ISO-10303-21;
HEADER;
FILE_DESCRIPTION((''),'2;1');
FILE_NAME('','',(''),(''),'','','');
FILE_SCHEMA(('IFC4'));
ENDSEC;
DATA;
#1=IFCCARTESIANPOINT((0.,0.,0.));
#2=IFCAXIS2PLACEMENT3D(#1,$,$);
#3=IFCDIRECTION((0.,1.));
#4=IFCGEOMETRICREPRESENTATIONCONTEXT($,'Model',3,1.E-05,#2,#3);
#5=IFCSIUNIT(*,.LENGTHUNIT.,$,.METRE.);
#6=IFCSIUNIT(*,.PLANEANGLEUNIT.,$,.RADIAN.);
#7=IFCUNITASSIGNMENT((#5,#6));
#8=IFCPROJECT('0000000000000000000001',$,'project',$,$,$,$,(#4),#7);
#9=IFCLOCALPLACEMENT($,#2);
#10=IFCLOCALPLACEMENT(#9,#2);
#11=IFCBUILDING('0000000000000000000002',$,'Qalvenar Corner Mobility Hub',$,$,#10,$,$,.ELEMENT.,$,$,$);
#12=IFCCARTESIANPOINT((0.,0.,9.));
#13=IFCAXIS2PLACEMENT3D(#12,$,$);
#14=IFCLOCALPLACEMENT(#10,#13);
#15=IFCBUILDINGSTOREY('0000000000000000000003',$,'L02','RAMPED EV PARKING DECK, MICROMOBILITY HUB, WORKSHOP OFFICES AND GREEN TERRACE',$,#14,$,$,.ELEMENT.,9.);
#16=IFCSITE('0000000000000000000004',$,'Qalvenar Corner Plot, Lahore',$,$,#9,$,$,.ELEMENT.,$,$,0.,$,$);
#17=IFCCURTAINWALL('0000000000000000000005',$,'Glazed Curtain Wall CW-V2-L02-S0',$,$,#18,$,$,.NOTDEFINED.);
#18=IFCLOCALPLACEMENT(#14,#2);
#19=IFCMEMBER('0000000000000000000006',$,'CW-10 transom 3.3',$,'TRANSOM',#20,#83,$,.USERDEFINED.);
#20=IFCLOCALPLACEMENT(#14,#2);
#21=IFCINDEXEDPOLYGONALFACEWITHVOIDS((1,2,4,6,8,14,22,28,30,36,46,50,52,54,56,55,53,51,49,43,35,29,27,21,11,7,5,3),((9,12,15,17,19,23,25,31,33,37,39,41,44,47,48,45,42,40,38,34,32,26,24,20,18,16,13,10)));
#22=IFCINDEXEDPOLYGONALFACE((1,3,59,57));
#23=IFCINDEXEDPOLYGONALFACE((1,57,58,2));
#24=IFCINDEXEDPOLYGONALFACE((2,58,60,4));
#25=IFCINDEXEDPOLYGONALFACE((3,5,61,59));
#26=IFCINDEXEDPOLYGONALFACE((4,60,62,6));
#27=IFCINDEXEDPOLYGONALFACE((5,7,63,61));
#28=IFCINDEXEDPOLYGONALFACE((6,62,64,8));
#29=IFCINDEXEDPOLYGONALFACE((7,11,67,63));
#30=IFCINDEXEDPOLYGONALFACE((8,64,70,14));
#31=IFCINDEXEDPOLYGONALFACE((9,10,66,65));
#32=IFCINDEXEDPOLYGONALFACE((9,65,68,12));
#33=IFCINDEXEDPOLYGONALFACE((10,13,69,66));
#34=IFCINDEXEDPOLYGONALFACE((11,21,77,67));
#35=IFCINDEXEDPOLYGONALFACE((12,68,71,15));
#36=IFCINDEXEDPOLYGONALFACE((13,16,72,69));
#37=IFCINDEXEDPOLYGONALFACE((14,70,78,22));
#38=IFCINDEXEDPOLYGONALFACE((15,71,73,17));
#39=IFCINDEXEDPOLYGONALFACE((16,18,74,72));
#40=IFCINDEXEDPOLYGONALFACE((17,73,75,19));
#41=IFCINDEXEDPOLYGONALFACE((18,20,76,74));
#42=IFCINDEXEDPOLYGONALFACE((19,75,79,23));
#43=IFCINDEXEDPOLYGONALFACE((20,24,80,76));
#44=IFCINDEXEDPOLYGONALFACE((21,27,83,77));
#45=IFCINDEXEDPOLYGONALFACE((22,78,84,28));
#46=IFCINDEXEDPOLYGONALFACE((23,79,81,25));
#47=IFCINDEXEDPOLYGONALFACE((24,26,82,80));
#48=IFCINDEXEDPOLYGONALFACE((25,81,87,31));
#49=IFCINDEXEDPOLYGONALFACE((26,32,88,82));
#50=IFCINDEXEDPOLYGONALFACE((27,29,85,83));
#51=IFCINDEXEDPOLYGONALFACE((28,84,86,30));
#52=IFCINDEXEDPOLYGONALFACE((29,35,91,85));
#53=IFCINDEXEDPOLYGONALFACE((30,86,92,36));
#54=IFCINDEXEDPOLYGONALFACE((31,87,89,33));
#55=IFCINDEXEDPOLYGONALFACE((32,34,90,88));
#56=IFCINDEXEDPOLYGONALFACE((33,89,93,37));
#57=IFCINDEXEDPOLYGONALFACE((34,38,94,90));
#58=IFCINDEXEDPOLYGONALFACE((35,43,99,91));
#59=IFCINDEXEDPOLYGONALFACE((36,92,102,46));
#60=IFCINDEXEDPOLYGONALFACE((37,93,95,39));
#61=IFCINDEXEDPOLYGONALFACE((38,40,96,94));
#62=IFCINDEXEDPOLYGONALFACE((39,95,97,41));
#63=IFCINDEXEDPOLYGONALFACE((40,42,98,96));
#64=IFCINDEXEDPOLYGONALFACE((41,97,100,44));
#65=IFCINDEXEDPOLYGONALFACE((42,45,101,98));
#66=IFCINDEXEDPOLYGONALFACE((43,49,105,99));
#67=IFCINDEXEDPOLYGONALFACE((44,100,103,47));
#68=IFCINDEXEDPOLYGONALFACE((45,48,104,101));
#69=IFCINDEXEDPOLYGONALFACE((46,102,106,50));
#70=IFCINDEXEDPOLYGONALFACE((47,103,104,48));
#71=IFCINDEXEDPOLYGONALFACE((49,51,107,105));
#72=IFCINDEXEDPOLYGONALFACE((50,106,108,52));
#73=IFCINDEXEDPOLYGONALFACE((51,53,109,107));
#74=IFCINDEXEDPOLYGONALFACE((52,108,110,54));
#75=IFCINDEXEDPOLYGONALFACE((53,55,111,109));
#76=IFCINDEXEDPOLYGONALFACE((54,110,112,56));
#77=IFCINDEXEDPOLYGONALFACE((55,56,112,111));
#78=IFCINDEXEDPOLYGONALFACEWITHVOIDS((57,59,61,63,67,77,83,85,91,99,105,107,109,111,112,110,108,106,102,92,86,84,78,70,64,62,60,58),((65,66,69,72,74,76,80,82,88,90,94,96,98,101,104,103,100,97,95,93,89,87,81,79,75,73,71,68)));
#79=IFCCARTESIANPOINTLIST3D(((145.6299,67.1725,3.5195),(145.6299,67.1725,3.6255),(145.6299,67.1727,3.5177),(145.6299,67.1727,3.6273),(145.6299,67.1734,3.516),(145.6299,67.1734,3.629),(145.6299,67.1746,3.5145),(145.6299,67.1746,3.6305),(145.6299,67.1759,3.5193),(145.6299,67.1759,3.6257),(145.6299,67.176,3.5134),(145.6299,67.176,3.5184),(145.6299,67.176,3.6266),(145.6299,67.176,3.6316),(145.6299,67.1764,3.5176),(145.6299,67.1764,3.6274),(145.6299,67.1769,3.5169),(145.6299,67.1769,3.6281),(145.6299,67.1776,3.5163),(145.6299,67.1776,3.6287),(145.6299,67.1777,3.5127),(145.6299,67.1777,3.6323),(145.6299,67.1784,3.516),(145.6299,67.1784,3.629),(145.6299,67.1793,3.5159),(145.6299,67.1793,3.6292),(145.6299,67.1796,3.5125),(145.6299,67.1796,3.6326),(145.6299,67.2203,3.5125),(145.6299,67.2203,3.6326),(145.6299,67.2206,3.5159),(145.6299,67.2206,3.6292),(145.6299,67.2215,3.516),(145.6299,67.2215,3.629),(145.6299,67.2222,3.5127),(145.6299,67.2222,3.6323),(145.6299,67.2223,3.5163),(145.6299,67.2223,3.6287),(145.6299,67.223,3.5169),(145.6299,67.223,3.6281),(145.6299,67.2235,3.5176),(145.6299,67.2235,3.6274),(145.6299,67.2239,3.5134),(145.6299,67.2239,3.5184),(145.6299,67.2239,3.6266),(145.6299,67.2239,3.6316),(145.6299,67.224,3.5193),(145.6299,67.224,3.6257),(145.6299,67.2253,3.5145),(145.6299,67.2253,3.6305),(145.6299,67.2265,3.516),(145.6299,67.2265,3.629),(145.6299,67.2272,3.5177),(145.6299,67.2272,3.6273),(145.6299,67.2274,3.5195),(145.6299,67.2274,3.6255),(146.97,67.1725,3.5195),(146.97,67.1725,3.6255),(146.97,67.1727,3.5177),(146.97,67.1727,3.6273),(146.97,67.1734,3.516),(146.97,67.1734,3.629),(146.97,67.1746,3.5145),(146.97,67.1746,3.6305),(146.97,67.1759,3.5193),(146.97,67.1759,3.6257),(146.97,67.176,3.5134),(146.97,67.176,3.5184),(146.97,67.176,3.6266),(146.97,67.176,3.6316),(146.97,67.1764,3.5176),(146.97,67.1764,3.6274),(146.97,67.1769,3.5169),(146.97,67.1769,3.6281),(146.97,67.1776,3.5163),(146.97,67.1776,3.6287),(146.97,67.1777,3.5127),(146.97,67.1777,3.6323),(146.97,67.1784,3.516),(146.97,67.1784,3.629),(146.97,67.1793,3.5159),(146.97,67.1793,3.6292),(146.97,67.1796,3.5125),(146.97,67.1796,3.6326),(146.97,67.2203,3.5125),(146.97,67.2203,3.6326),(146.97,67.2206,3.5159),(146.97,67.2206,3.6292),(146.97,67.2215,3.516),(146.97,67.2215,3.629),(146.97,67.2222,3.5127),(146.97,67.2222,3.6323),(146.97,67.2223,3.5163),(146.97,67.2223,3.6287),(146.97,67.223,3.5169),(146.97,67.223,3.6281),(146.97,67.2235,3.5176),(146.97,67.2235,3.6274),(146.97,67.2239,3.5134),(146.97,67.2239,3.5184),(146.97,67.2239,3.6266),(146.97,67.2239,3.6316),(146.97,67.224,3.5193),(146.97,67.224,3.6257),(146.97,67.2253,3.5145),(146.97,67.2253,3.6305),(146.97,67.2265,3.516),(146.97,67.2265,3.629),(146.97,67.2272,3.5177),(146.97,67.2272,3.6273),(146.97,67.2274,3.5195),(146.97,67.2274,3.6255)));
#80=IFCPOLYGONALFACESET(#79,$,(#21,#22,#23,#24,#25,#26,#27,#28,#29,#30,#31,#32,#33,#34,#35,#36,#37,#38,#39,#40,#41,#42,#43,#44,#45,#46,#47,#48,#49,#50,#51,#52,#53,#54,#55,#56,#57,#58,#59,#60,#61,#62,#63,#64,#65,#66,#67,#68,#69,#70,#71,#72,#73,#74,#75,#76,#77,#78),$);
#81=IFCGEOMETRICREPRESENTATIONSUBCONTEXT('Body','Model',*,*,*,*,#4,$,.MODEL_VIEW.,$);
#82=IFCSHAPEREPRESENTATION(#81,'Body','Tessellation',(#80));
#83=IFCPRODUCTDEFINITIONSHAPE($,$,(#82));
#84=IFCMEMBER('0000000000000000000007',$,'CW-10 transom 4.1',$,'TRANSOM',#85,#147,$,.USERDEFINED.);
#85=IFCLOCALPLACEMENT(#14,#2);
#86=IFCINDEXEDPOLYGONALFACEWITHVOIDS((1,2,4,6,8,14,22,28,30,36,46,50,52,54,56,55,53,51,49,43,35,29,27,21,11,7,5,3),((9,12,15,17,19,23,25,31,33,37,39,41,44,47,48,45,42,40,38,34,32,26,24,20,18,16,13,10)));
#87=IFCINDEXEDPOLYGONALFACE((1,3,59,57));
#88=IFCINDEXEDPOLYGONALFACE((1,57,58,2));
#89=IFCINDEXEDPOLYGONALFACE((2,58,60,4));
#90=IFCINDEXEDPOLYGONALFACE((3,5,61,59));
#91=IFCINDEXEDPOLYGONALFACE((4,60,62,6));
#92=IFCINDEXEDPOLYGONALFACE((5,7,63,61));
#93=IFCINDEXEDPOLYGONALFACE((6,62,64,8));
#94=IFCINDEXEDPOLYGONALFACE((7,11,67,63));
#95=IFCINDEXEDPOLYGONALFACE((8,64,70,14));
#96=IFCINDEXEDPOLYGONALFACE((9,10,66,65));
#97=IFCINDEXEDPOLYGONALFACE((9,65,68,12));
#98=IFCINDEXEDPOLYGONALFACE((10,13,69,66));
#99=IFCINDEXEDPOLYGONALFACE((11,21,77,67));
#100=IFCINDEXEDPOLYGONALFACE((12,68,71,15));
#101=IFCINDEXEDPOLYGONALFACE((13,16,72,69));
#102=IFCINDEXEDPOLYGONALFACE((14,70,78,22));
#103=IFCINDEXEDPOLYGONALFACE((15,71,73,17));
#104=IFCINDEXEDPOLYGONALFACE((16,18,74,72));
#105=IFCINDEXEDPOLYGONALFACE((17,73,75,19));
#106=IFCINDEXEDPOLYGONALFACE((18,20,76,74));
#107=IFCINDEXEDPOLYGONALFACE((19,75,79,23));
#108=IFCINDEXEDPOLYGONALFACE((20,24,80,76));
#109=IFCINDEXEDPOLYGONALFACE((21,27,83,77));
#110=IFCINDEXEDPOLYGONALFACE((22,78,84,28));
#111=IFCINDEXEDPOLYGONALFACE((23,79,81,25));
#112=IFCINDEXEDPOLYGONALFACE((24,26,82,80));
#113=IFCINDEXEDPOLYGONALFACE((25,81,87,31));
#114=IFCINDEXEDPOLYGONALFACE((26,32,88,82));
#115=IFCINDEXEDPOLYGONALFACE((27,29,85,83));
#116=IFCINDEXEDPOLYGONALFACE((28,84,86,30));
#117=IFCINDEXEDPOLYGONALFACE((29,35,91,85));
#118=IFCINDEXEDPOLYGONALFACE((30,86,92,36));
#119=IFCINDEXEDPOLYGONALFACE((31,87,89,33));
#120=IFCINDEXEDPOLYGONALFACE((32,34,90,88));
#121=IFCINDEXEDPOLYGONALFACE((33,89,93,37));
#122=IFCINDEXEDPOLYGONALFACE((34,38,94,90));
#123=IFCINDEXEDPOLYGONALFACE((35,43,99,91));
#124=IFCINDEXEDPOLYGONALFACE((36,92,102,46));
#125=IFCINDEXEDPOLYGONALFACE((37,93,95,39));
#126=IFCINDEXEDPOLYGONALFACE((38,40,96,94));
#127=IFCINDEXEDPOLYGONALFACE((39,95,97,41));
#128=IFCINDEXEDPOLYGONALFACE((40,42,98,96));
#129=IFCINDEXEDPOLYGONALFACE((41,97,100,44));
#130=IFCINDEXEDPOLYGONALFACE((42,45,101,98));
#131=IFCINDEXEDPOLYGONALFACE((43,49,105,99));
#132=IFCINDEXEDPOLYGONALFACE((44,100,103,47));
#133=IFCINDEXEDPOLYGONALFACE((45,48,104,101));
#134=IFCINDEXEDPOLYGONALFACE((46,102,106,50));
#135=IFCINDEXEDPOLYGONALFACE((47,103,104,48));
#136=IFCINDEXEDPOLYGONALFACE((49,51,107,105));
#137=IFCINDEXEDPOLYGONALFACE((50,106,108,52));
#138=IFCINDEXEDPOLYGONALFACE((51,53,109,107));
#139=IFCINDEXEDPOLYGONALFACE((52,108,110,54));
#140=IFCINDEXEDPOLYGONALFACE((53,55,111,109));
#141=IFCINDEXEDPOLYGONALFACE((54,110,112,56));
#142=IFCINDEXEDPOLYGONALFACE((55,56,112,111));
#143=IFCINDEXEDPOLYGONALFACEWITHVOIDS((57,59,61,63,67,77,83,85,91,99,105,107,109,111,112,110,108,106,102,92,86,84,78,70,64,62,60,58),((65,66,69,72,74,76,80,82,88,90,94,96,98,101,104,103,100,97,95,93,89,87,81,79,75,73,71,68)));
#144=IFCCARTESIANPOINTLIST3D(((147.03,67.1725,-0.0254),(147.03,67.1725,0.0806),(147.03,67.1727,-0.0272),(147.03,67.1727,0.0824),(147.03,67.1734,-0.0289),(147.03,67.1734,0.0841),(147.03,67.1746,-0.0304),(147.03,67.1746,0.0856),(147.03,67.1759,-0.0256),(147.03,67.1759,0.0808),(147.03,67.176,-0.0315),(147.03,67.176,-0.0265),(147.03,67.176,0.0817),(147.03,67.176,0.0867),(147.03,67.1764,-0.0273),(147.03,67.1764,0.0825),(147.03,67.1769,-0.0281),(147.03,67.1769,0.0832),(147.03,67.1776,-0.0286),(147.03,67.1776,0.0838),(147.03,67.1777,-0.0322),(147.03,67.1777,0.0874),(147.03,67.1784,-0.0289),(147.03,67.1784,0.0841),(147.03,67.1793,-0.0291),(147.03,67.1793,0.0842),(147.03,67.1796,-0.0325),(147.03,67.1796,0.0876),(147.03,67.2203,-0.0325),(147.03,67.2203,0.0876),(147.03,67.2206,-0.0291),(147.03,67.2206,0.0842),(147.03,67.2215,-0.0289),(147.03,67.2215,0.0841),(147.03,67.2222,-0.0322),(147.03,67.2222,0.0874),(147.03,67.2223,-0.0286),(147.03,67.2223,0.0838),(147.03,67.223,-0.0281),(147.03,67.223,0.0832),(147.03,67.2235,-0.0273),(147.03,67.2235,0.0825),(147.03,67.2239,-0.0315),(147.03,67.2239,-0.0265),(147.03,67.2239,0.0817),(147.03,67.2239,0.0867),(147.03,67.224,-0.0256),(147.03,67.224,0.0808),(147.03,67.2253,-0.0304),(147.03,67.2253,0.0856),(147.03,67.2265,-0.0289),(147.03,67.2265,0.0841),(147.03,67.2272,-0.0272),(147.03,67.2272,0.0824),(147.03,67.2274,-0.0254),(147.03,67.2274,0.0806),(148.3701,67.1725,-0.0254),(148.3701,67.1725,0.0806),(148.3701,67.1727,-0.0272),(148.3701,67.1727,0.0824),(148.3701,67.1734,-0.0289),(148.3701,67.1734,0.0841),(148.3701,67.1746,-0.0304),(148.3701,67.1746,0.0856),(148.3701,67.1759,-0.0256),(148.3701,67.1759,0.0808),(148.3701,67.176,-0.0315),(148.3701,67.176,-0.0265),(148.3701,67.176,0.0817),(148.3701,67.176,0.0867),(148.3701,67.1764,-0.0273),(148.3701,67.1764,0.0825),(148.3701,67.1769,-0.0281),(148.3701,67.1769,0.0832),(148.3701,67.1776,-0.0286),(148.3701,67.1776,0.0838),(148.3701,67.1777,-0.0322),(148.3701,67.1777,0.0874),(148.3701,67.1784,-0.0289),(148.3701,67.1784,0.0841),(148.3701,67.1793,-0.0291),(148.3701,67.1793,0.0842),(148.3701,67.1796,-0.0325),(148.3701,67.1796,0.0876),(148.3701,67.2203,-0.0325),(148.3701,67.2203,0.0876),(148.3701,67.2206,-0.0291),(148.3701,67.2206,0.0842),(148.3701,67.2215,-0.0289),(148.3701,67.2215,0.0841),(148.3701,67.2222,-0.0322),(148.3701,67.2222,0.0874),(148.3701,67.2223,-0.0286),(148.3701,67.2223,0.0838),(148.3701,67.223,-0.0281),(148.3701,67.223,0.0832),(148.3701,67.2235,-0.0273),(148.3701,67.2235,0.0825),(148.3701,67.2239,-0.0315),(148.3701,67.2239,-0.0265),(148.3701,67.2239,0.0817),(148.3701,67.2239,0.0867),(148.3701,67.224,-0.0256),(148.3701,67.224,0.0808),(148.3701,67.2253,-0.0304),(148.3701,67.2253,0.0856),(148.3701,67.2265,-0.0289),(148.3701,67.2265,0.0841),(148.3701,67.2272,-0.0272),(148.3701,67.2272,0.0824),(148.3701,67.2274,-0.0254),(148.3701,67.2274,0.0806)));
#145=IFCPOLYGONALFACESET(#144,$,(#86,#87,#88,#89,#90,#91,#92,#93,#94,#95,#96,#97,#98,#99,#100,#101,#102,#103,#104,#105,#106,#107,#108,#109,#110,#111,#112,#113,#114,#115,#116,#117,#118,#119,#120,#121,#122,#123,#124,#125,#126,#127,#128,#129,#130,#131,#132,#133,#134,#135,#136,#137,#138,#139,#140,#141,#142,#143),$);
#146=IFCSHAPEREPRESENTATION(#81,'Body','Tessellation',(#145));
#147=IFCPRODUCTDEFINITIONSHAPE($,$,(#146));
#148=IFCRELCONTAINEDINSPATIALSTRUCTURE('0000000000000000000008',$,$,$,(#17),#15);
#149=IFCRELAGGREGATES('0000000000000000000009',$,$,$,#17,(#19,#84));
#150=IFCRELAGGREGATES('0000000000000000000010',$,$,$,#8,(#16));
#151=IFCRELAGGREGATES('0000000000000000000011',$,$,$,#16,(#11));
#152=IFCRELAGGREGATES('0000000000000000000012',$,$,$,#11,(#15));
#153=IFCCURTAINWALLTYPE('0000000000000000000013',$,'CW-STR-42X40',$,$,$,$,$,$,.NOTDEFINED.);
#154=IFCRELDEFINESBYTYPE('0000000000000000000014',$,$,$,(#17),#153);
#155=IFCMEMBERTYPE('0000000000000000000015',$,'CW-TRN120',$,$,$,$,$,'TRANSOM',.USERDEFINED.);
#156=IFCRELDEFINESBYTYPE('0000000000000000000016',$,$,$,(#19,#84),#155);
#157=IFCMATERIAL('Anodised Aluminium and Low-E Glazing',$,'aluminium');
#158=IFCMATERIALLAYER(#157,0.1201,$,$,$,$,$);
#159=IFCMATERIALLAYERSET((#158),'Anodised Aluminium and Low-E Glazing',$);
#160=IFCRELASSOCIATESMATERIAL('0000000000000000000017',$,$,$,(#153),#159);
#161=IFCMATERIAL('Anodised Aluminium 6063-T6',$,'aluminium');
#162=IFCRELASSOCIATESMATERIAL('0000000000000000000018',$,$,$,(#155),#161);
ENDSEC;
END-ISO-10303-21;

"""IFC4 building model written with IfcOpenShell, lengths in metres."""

from ifc_helpers import new_model, si_unit, direction, frame, origin, origin_2d, place, context, subcontext, project, spatial, hollow_rectangle, extrude, material, layer, layer_set, material_profile, profile_set, type_object, element, aggregate, save


model = new_model("IFC4")

# Units and contexts
model_context = context("Model", 3, precision=1e-05, world=origin(), true_north=direction((0.0, 1.0)))
body_context = subcontext(model_context, "Body", "Model", "MODEL_VIEW")
ifc_project = project(units=[si_unit("LENGTHUNIT", "METRE"), si_unit("PLANEANGLEUNIT", "RADIAN")], contexts=[model_context])

# Site, building, storey
site_placement = place(None, origin())
site = spatial("IfcSite", under=ifc_project, at=site_placement, Name="Qalvenar Corner Plot, Lahore", CompositionType="ELEMENT", RefElevation=0.0)
building_placement = place(site_placement, origin())
building = spatial("IfcBuilding", under=site, at=building_placement, Name="Qalvenar Corner Mobility Hub", CompositionType="ELEMENT")
storey_placement = place(building_placement, frame((0.0, 0.0, 9.0)))
storey = spatial("IfcBuildingStorey", under=building, at=storey_placement, Name="L02", Description="RAMPED EV PARKING DECK, MICROMOBILITY HUB, WORKSHOP OFFICES AND GREEN TERRACE", CompositionType="ELEMENT", Elevation=9.0)

# Curtain wall
ifc_material_1 = material(Name="Anodised Aluminium and Low-E Glazing", Category="aluminium")
ifc_layer_1 = layer(ifc_material_1, 0.1201)
ifc_layer_set_1 = layer_set([ifc_layer_1], Name="Anodised Aluminium and Low-E Glazing")
curtain_wall_type = type_object("IfcCurtainWallType", Name="CW-STR-42X40", PredefinedType="NOTDEFINED", material=ifc_layer_set_1)
curtain_wall_1_placement = place(storey_placement, origin())
curtain_wall_1 = element("IfcCurtainWall", 1, at=curtain_wall_1_placement, inside=storey, type_object=curtain_wall_type, Name="Glazed Curtain Wall CW-V2-L02-S0", PredefinedType="NOTDEFINED")
ifc_material_2 = material(Name="Anodised Aluminium 6063-T6", Category="aluminium")

# Members
ifc_material_profile_1 = material_profile(ifc_material_2, hollow_rectangle(XDim=0.0549, YDim=0.1201, WallThickness=0.0034, InnerFilletRadius=0.0034, OuterFilletRadius=0.0071, at=origin_2d()), Name="RHS120x55x3.5")
ifc_profile_set_1 = profile_set([ifc_material_profile_1], Name="Anodised Aluminium 6063-T6")
member_type_1 = type_object("IfcMemberType", Name="CW-TRN120", ElementType="TRANSOM", PredefinedType="USERDEFINED", material=ifc_profile_set_1)
member_1_placement = place(storey_placement, frame((145.6299, 67.2, 3.5725), z_axis=(1.0, 0.0, 0.0), x_axis=(0.0, 1.0, 0.0)))
member_1 = element("IfcMember", 2, at=member_1_placement, type_object=member_type_1, Name="CW-10 transom 3.3", ObjectType="TRANSOM", PredefinedType="USERDEFINED", context=body_context, shape_type="SweptSolid", body=[
    extrude(hollow_rectangle(XDim=0.0549, YDim=0.1201, WallThickness=0.0034, InnerFilletRadius=0.0034, OuterFilletRadius=0.0071, at=origin_2d()), origin(), (0.0, 0.0, 1.0), 1.3401),
])
member_2_placement = place(storey_placement, frame((147.03, 67.2, 0.0276), z_axis=(1.0, 0.0, 0.0), x_axis=(0.0, 1.0, 0.0)))
member_2 = element("IfcMember", 3, at=member_2_placement, type_object=member_type_1, Name="CW-10 transom 4.1", ObjectType="TRANSOM", PredefinedType="USERDEFINED", context=body_context, shape_type="SweptSolid", body=[
    extrude(hollow_rectangle(XDim=0.0549, YDim=0.1201, WallThickness=0.0034, InnerFilletRadius=0.0034, OuterFilletRadius=0.0071, at=origin_2d()), origin(), (0.0, 0.0, 1.0), 1.3401),
])

aggregate(curtain_wall_1, [member_1, member_2])

save(model, "model.ifc")
